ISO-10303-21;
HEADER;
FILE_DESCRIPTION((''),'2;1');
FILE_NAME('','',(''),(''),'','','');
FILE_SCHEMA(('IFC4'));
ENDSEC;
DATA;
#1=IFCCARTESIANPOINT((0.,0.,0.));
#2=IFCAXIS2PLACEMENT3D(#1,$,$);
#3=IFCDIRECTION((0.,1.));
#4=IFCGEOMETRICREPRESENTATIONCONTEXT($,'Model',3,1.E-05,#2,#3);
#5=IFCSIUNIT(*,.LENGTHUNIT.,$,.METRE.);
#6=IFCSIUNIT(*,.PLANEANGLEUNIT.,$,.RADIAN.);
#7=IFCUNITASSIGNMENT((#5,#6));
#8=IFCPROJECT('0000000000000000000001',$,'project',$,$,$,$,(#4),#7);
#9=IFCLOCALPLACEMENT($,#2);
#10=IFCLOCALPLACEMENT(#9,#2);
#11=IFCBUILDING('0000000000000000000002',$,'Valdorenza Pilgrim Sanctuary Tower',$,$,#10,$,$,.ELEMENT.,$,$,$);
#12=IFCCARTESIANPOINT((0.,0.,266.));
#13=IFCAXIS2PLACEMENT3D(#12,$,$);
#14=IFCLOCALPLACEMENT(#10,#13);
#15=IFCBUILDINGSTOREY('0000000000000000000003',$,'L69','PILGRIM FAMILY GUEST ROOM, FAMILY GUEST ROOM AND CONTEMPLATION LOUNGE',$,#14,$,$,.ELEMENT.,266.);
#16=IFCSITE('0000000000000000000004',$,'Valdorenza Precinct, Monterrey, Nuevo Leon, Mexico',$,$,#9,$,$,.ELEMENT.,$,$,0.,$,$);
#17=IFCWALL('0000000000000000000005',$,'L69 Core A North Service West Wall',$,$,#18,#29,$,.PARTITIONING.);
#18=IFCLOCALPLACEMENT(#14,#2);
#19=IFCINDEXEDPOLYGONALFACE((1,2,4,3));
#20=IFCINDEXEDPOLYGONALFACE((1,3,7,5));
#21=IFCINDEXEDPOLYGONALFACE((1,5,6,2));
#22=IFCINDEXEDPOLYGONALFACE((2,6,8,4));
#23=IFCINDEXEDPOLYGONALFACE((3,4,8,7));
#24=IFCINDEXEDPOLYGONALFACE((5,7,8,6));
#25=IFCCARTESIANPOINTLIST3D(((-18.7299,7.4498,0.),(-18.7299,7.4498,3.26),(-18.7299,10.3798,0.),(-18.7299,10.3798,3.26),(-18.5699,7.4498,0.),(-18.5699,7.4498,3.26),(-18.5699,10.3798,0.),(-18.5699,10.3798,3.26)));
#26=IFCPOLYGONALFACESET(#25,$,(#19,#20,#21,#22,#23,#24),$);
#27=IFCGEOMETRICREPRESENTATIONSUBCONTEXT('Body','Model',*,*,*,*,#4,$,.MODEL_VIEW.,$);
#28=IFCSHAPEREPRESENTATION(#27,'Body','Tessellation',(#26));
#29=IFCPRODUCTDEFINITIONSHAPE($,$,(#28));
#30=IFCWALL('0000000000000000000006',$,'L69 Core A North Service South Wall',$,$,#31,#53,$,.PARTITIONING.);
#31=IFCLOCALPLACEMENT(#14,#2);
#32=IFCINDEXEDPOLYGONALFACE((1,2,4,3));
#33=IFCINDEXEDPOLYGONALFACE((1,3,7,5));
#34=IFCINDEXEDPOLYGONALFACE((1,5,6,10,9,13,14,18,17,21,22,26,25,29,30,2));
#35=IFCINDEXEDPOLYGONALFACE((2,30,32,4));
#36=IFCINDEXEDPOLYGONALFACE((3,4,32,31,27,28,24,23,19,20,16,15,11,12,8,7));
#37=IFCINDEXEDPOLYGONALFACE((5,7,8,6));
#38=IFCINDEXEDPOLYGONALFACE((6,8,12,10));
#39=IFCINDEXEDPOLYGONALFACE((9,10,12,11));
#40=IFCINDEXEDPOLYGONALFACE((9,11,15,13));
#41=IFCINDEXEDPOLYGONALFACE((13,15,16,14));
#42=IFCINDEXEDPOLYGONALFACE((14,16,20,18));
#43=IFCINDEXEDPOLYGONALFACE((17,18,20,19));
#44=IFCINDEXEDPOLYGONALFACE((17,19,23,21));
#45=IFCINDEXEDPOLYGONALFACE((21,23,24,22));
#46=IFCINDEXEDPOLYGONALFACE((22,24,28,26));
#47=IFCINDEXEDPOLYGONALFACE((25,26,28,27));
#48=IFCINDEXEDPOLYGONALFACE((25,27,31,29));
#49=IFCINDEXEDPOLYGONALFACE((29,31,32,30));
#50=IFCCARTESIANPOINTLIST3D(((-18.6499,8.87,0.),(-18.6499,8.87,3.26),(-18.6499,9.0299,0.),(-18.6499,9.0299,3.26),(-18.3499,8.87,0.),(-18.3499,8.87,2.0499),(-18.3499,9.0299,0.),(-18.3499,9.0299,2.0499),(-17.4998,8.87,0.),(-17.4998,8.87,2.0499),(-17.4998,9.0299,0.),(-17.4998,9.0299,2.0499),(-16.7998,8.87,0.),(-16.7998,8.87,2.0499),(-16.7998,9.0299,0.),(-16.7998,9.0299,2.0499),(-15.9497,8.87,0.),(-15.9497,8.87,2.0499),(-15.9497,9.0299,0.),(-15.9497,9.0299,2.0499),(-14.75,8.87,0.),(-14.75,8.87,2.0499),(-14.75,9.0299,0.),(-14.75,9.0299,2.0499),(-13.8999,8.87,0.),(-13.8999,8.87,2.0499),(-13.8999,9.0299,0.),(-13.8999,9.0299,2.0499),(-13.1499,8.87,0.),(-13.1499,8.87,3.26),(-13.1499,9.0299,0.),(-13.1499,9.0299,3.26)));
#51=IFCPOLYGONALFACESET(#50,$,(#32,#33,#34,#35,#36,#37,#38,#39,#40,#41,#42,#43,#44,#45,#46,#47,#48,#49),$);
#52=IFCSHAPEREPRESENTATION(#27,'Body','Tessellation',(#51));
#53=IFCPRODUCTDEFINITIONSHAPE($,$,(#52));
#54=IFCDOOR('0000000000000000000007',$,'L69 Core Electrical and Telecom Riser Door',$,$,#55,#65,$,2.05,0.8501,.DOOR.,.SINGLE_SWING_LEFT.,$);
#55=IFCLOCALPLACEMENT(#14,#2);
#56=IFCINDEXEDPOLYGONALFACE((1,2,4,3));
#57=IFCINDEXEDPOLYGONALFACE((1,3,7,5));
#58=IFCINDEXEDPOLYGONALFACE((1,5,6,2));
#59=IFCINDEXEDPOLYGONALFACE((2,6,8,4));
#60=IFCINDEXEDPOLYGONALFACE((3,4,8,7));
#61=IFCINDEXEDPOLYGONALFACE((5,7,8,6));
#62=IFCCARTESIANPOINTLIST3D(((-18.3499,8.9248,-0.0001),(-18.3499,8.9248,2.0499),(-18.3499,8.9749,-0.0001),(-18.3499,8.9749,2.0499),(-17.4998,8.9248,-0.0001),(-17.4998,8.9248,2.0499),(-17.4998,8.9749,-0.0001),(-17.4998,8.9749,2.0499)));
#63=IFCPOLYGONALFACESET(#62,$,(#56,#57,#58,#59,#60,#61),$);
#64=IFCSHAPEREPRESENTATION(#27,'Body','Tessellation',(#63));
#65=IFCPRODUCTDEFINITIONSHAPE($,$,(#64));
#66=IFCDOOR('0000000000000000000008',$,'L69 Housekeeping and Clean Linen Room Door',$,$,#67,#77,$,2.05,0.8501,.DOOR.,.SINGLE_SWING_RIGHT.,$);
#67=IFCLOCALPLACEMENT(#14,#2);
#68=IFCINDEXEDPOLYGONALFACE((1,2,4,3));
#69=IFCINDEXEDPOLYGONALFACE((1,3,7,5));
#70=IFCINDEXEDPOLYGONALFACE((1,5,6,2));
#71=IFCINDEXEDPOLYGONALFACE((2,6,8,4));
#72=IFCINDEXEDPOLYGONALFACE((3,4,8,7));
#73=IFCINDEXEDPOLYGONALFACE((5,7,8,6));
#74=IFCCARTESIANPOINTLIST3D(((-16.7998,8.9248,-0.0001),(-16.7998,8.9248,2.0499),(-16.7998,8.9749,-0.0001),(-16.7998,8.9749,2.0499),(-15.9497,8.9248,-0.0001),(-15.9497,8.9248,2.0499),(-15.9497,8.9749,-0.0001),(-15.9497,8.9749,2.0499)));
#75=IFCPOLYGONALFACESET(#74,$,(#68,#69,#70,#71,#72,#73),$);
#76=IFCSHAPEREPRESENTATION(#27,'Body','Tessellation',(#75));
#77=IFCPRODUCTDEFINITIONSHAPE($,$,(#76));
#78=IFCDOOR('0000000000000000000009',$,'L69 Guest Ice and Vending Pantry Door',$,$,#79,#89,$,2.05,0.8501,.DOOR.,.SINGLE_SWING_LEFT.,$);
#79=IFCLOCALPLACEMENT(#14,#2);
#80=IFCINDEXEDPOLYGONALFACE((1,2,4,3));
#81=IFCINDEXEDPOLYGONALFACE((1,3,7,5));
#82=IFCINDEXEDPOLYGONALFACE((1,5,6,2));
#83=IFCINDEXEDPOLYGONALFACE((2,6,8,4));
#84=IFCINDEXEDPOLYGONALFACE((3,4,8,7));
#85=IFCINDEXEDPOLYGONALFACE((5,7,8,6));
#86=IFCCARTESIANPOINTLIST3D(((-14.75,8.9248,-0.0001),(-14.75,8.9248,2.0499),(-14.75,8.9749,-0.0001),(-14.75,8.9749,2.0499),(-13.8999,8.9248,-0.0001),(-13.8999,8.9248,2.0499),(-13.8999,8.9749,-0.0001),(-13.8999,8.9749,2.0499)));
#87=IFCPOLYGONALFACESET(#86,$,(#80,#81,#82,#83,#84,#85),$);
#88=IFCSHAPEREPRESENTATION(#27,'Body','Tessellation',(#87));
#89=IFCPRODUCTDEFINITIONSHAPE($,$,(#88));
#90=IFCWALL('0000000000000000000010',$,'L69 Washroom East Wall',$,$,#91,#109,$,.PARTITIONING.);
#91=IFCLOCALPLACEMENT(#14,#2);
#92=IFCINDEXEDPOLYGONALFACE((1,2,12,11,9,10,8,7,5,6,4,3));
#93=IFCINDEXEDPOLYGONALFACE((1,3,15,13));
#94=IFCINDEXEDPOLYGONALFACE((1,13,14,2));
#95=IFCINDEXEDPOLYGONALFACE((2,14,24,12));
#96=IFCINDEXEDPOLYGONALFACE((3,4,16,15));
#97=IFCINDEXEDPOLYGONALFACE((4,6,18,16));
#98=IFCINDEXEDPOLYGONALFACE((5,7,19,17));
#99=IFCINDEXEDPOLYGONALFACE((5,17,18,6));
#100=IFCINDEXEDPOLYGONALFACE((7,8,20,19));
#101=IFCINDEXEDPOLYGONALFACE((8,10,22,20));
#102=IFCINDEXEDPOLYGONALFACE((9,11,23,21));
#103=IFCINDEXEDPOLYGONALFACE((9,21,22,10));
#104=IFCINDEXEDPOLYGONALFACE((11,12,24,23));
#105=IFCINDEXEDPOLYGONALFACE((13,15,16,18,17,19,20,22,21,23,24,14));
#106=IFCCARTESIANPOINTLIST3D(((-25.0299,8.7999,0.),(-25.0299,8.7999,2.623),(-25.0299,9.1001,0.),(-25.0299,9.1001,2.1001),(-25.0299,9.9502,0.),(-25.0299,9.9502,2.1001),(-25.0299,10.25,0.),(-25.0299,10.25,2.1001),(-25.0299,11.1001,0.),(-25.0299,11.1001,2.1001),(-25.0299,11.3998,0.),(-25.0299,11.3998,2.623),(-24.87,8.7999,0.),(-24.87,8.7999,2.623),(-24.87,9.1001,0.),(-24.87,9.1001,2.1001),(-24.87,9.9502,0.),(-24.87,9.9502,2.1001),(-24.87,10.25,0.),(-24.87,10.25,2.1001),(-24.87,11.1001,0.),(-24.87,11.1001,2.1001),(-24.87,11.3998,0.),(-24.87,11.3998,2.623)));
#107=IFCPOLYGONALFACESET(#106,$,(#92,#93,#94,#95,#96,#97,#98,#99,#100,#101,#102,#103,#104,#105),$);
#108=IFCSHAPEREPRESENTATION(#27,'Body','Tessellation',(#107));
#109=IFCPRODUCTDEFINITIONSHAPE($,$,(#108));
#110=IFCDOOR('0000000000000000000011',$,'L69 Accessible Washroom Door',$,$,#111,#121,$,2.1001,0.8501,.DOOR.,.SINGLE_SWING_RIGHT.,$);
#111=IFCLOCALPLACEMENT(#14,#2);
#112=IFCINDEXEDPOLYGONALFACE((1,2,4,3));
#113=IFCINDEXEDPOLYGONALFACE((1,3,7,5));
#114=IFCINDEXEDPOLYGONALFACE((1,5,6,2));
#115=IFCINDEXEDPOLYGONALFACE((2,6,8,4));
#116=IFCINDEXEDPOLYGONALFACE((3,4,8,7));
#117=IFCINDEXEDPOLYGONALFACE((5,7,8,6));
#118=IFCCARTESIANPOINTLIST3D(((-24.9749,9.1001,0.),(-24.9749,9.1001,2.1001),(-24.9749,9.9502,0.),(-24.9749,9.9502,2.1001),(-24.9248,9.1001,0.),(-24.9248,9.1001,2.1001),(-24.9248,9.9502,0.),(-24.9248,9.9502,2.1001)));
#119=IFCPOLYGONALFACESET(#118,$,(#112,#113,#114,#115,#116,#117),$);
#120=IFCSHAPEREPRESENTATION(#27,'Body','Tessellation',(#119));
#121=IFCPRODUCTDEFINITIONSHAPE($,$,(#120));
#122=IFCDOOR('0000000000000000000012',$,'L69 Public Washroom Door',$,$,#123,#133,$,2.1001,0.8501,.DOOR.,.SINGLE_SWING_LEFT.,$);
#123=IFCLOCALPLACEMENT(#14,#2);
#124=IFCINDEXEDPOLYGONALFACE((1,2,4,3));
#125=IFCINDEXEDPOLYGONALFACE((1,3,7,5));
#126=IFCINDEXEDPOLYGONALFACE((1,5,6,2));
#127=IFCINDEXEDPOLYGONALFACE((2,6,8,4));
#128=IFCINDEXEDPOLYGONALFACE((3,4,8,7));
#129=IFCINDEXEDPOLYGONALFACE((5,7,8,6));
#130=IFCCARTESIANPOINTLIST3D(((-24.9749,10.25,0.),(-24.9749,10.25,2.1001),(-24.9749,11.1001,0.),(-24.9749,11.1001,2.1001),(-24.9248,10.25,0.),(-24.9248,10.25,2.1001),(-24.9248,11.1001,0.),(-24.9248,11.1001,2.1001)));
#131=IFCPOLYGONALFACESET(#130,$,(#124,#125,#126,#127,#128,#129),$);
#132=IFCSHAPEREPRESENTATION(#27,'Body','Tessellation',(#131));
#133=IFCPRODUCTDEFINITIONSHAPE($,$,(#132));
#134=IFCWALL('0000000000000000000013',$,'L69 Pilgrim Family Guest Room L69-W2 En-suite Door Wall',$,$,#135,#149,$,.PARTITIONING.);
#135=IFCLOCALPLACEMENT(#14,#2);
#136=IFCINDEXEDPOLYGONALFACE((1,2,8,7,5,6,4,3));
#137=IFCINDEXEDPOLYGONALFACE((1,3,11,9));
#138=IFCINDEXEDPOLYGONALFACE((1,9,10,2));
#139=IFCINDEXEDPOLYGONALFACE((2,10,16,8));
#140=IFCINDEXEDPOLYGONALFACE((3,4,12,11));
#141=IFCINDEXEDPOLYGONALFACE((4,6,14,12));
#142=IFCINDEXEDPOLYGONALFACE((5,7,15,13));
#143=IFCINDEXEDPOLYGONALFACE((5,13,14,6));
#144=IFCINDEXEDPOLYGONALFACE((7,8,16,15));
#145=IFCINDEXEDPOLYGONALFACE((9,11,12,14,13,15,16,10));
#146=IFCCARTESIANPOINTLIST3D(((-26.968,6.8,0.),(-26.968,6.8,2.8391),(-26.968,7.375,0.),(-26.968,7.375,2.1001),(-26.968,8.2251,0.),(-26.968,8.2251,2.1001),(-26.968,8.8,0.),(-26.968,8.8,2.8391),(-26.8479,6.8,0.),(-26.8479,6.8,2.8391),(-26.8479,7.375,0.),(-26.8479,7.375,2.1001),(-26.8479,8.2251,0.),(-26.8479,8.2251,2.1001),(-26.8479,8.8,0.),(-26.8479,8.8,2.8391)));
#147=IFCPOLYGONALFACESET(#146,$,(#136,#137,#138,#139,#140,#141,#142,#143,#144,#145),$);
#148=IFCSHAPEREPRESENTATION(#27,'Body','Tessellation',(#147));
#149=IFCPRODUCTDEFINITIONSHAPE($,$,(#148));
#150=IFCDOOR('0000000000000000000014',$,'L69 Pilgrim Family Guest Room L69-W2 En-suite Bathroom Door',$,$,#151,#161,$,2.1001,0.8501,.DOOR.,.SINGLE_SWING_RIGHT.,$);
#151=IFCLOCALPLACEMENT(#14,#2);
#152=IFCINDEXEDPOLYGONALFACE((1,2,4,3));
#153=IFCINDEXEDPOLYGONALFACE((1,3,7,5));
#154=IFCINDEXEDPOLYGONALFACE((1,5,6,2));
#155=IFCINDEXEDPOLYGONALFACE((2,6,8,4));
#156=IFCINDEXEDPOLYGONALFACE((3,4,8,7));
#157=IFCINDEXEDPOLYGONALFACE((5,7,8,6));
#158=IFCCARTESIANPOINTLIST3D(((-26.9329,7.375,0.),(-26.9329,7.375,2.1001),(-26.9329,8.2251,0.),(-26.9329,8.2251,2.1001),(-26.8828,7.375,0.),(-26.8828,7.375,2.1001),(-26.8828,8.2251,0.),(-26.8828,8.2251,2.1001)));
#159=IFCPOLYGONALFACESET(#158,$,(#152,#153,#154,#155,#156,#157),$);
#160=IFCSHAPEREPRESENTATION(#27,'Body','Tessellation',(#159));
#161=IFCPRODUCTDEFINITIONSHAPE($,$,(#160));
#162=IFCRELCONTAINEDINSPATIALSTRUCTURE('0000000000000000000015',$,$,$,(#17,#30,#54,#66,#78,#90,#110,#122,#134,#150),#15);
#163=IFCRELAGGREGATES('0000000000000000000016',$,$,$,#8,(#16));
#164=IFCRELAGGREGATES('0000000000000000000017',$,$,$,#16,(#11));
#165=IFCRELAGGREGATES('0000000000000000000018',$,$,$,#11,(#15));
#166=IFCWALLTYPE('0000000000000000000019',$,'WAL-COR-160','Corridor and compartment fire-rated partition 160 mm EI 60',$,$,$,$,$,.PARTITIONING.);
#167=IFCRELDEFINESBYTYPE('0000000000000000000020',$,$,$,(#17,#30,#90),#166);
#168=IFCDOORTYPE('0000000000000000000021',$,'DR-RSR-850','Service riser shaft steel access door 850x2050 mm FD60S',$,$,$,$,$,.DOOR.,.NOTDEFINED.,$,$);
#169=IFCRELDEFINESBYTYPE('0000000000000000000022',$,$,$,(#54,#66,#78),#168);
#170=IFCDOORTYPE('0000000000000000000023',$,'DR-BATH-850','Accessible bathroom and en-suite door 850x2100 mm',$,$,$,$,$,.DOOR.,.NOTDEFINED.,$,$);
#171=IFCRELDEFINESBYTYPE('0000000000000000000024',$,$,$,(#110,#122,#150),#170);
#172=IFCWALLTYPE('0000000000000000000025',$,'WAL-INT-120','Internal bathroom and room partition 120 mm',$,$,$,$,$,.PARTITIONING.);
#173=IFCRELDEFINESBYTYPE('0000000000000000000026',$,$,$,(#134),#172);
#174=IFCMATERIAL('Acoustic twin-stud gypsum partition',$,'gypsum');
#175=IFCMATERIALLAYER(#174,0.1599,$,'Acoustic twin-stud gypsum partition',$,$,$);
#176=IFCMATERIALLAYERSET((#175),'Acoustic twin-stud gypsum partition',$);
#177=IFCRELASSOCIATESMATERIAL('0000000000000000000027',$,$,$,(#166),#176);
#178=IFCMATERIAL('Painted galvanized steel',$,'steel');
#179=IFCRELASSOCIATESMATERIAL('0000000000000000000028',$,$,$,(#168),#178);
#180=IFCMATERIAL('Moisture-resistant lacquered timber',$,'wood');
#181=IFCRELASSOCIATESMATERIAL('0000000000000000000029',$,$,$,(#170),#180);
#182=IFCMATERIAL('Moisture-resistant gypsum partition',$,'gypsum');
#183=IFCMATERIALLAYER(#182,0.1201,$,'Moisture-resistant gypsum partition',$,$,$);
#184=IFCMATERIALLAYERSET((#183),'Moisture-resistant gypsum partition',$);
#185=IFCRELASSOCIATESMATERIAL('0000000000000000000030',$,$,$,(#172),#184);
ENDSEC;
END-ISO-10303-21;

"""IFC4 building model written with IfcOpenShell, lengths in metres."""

from ifc_helpers import new_model, si_unit, direction, frame, frame_2d, origin, place, context, subcontext, project, spatial, rectangle, extrude, material, layer, layer_set, type_object, element, fill, save


model = new_model("IFC4")

# Units and contexts
model_context = context("Model", 3, precision=1e-05, world=origin(), true_north=direction((0.0, 1.0)))
body_context = subcontext(model_context, "Body", "Model", "MODEL_VIEW")
ifc_project = project(units=[si_unit("LENGTHUNIT", "METRE"), si_unit("PLANEANGLEUNIT", "RADIAN")], contexts=[model_context])

# Site, building, storey
site_placement = place(None, origin())
site = spatial("IfcSite", under=ifc_project, at=site_placement, Name="Valdorenza Precinct, Monterrey, Nuevo Leon, Mexico", CompositionType="ELEMENT", RefElevation=0.0)
building_placement = place(site_placement, origin())
building = spatial("IfcBuilding", under=site, at=building_placement, Name="Valdorenza Pilgrim Sanctuary Tower", CompositionType="ELEMENT")
storey_placement = place(building_placement, frame((0.0, 0.0, 266.0)))
storey = spatial("IfcBuildingStorey", under=building, at=storey_placement, Name="L69", Description="PILGRIM FAMILY GUEST ROOM, FAMILY GUEST ROOM AND CONTEMPLATION LOUNGE", CompositionType="ELEMENT", Elevation=266.0)

# Wall
ifc_material_1 = material(Name="Acoustic twin-stud gypsum partition", Category="gypsum")
ifc_layer_1 = layer(ifc_material_1, 0.1599, Name="Acoustic twin-stud gypsum partition")
ifc_layer_set_1 = layer_set([ifc_layer_1], Name="Acoustic twin-stud gypsum partition")
wall_type_1 = type_object("IfcWallType", Name="WAL-COR-160", Description="Corridor and compartment fire-rated partition 160 mm EI 60", PredefinedType="PARTITIONING", material=ifc_layer_set_1)
wall_1_placement = place(storey_placement, frame((-18.6499, 7.45, 0.0), z_axis=(0.0, 0.0, 1.0), x_axis=(0.0, 1.0, 0.0)))
element("IfcWall", 1, at=wall_1_placement, inside=storey, type_object=wall_type_1, Name="L69 Core A North Service West Wall", PredefinedType="PARTITIONING", context=body_context, shape_type="SweptSolid", body=[
    extrude(rectangle(XDim=2.9299, YDim=0.1599, at=frame_2d((1.4648, 0.0))), origin(), (0.0, 0.0, 1.0), 3.26),
])

# Walls, openings, doors
wall_2_placement = place(storey_placement, frame((-18.6499, 8.95, 0.0), z_axis=(0.0, 0.0, 1.0), x_axis=(1.0, 0.0, 0.0)))
wall_2 = element("IfcWall", 2, at=wall_2_placement, inside=storey, type_object=wall_type_1, Name="L69 Core A North Service South Wall", PredefinedType="PARTITIONING", context=body_context, shape_type="SweptSolid", body=[
    extrude(rectangle(XDim=5.5, YDim=0.1599, at=frame_2d((2.75, 0.0))), origin(), (0.0, 0.0, 1.0), 3.26),
])
opening_1_placement = place(wall_2_placement, frame((0.3, 0.0, 0.0)))
opening_1 = element("IfcOpeningElement", 3, at=opening_1_placement, cuts=wall_2, PredefinedType="OPENING", context=body_context, shape_type="SweptSolid", body=[
    extrude(rectangle(XDim=0.8501, YDim=2.05, at=frame_2d((0.425, 1.0249))), frame((0.0, 0.0947, 0.0), z_axis=(0.0, -1.0, 0.0), x_axis=(1.0, 0.0, 0.0)), (0.0, 0.0, 1.0), 0.1897),
])
opening_2_placement = place(wall_2_placement, frame((1.8501, 0.0, 0.0)))
opening_2 = element("IfcOpeningElement", 4, at=opening_2_placement, cuts=wall_2, PredefinedType="OPENING", context=body_context, shape_type="SweptSolid", body=[
    extrude(rectangle(XDim=0.8501, YDim=2.05, at=frame_2d((0.425, 1.0249))), frame((0.0, 0.0947, 0.0), z_axis=(0.0, -1.0, 0.0), x_axis=(1.0, 0.0, 0.0)), (0.0, 0.0, 1.0), 0.1897),
])
opening_3_placement = place(wall_2_placement, frame((3.8999, 0.0, 0.0)))
opening_3 = element("IfcOpeningElement", 5, at=opening_3_placement, cuts=wall_2, PredefinedType="OPENING", context=body_context, shape_type="SweptSolid", body=[
    extrude(rectangle(XDim=0.8501, YDim=2.05, at=frame_2d((0.425, 1.0249))), frame((0.0, 0.0947, 0.0), z_axis=(0.0, -1.0, 0.0), x_axis=(1.0, 0.0, 0.0)), (0.0, 0.0, 1.0), 0.1897),
])
ifc_material_2 = material(Name="Painted galvanized steel", Category="steel")
door_type_1 = type_object("IfcDoorType", Name="DR-RSR-850", Description="Service riser shaft steel access door 850x2050 mm FD60S", OperationType="NOTDEFINED", PredefinedType="DOOR", material=ifc_material_2)
door_1_placement = place(opening_1_placement, origin())
door_1 = element("IfcDoor", 6, at=door_1_placement, inside=storey, type_object=door_type_1, Name="L69 Core Electrical and Telecom Riser Door", OperationType="SINGLE_SWING_LEFT", OverallHeight=2.05, OverallWidth=0.8501, PredefinedType="DOOR", context=body_context, shape_type="SweptSolid", body=[
    extrude(rectangle(XDim=0.8501, YDim=2.05, at=frame_2d((0.425, 1.0249))), frame((0.0, 0.0249, 0.0), z_axis=(0.0, -1.0, 0.0), x_axis=(1.0, 0.0, 0.0)), (0.0, 0.0, 1.0), 0.05),
])
fill(opening_1, door_1)
door_2_placement = place(opening_2_placement, origin())
door_2 = element("IfcDoor", 7, at=door_2_placement, inside=storey, type_object=door_type_1, Name="L69 Housekeeping and Clean Linen Room Door", OperationType="SINGLE_SWING_RIGHT", OverallHeight=2.05, OverallWidth=0.8501, PredefinedType="DOOR", context=body_context, shape_type="SweptSolid", body=[
    extrude(rectangle(XDim=0.8501, YDim=2.05, at=frame_2d((0.425, 1.0249))), frame((0.0, 0.0249, 0.0), z_axis=(0.0, -1.0, 0.0), x_axis=(1.0, 0.0, 0.0)), (0.0, 0.0, 1.0), 0.05),
])
fill(opening_2, door_2)
door_3_placement = place(opening_3_placement, origin())
door_3 = element("IfcDoor", 8, at=door_3_placement, inside=storey, type_object=door_type_1, Name="L69 Guest Ice and Vending Pantry Door", OperationType="SINGLE_SWING_LEFT", OverallHeight=2.05, OverallWidth=0.8501, PredefinedType="DOOR", context=body_context, shape_type="SweptSolid", body=[
    extrude(rectangle(XDim=0.8501, YDim=2.05, at=frame_2d((0.425, 1.0249))), frame((0.0, 0.0249, 0.0), z_axis=(0.0, -1.0, 0.0), x_axis=(1.0, 0.0, 0.0)), (0.0, 0.0, 1.0), 0.05),
])
fill(opening_3, door_3)
wall_3_placement = place(storey_placement, frame((-24.95, 8.8, 0.0), z_axis=(0.0, 0.0, 1.0), x_axis=(0.0, 1.0, 0.0)))
wall_3 = element("IfcWall", 9, at=wall_3_placement, inside=storey, type_object=wall_type_1, Name="L69 Washroom East Wall", PredefinedType="PARTITIONING", context=body_context, shape_type="SweptSolid", body=[
    extrude(rectangle(XDim=2.5999, YDim=0.1599, at=frame_2d((1.2998, 0.0))), origin(), (0.0, 0.0, 1.0), 2.623),
])
opening_4_placement = place(wall_3_placement, frame((0.3, 0.0, 0.0)))
opening_4 = element("IfcOpeningElement", 10, at=opening_4_placement, cuts=wall_3, PredefinedType="OPENING", context=body_context, shape_type="SweptSolid", body=[
    extrude(rectangle(XDim=0.8501, YDim=2.1001, at=frame_2d((0.425, 1.05))), frame((0.0, 0.0947, 0.0), z_axis=(0.0, -1.0, 0.0), x_axis=(1.0, 0.0, 0.0)), (0.0, 0.0, 1.0), 0.1897),
])
opening_5_placement = place(wall_3_placement, frame((1.45, 0.0, 0.0)))
opening_5 = element("IfcOpeningElement", 11, at=opening_5_placement, cuts=wall_3, PredefinedType="OPENING", context=body_context, shape_type="SweptSolid", body=[
    extrude(rectangle(XDim=0.8501, YDim=2.1001, at=frame_2d((0.425, 1.05))), frame((0.0, 0.0947, 0.0), z_axis=(0.0, -1.0, 0.0), x_axis=(1.0, 0.0, 0.0)), (0.0, 0.0, 1.0), 0.1897),
])
ifc_material_3 = material(Name="Moisture-resistant lacquered timber", Category="wood")
door_type_2 = type_object("IfcDoorType", Name="DR-BATH-850", Description="Accessible bathroom and en-suite door 850x2100 mm", OperationType="NOTDEFINED", PredefinedType="DOOR", material=ifc_material_3)
door_4_placement = place(opening_4_placement, origin())
door_4 = element("IfcDoor", 12, at=door_4_placement, inside=storey, type_object=door_type_2, Name="L69 Accessible Washroom Door", OperationType="SINGLE_SWING_RIGHT", OverallHeight=2.1001, OverallWidth=0.8501, PredefinedType="DOOR", context=body_context, shape_type="SweptSolid", body=[
    extrude(rectangle(XDim=0.8501, YDim=2.1001, at=frame_2d((0.425, 1.05))), frame((0.0, 0.0249, 0.0), z_axis=(0.0, -1.0, 0.0), x_axis=(1.0, 0.0, 0.0)), (0.0, 0.0, 1.0), 0.05),
])
fill(opening_4, door_4)
door_5_placement = place(opening_5_placement, origin())
door_5 = element("IfcDoor", 13, at=door_5_placement, inside=storey, type_object=door_type_2, Name="L69 Public Washroom Door", OperationType="SINGLE_SWING_LEFT", OverallHeight=2.1001, OverallWidth=0.8501, PredefinedType="DOOR", context=body_context, shape_type="SweptSolid", body=[
    extrude(rectangle(XDim=0.8501, YDim=2.1001, at=frame_2d((0.425, 1.05))), frame((0.0, 0.0249, 0.0), z_axis=(0.0, -1.0, 0.0), x_axis=(1.0, 0.0, 0.0)), (0.0, 0.0, 1.0), 0.05),
])
fill(opening_5, door_5)

# Wall, opening, door
ifc_material_4 = material(Name="Moisture-resistant gypsum partition", Category="gypsum")
ifc_layer_2 = layer(ifc_material_4, 0.1201, Name="Moisture-resistant gypsum partition")
ifc_layer_set_2 = layer_set([ifc_layer_2], Name="Moisture-resistant gypsum partition")
wall_type_2 = type_object("IfcWallType", Name="WAL-INT-120", Description="Internal bathroom and room partition 120 mm", PredefinedType="PARTITIONING", material=ifc_layer_set_2)
wall_4_placement = place(storey_placement, frame((-26.908, 6.8, 0.0), z_axis=(0.0, 0.0, 1.0), x_axis=(0.0, 1.0, 0.0)))
wall_4 = element("IfcWall", 14, at=wall_4_placement, inside=storey, type_object=wall_type_2, Name="L69 Pilgrim Family Guest Room L69-W2 En-suite Door Wall", PredefinedType="PARTITIONING", context=body_context, shape_type="SweptSolid", body=[
    extrude(rectangle(XDim=2.0, YDim=0.1201, at=frame_2d((1.0, 0.0))), origin(), (0.0, 0.0, 1.0), 2.8391),
])
opening_6_placement = place(wall_4_placement, frame((0.575, 0.0, 0.0)))
opening_6 = element("IfcOpeningElement", 15, at=opening_6_placement, cuts=wall_4, PredefinedType="OPENING", context=body_context, shape_type="SweptSolid", body=[
    extrude(rectangle(XDim=0.8501, YDim=2.1001, at=frame_2d((0.425, 1.05))), frame((0.0, 0.075, 0.0), z_axis=(0.0, -1.0, 0.0), x_axis=(1.0, 0.0, 0.0)), (0.0, 0.0, 1.0), 0.1499),
])
door_6_placement = place(opening_6_placement, origin())
door_6 = element("IfcDoor", 16, at=door_6_placement, inside=storey, type_object=door_type_2, Name="L69 Pilgrim Family Guest Room L69-W2 En-suite Bathroom Door", OperationType="SINGLE_SWING_RIGHT", OverallHeight=2.1001, OverallWidth=0.8501, PredefinedType="DOOR", context=body_context, shape_type="SweptSolid", body=[
    extrude(rectangle(XDim=0.8501, YDim=2.1001, at=frame_2d((0.425, 1.05))), frame((0.0, 0.0249, 0.0), z_axis=(0.0, -1.0, 0.0), x_axis=(1.0, 0.0, 0.0)), (0.0, 0.0, 1.0), 0.05),
])
fill(opening_6, door_6)

save(model, "model.ifc")
